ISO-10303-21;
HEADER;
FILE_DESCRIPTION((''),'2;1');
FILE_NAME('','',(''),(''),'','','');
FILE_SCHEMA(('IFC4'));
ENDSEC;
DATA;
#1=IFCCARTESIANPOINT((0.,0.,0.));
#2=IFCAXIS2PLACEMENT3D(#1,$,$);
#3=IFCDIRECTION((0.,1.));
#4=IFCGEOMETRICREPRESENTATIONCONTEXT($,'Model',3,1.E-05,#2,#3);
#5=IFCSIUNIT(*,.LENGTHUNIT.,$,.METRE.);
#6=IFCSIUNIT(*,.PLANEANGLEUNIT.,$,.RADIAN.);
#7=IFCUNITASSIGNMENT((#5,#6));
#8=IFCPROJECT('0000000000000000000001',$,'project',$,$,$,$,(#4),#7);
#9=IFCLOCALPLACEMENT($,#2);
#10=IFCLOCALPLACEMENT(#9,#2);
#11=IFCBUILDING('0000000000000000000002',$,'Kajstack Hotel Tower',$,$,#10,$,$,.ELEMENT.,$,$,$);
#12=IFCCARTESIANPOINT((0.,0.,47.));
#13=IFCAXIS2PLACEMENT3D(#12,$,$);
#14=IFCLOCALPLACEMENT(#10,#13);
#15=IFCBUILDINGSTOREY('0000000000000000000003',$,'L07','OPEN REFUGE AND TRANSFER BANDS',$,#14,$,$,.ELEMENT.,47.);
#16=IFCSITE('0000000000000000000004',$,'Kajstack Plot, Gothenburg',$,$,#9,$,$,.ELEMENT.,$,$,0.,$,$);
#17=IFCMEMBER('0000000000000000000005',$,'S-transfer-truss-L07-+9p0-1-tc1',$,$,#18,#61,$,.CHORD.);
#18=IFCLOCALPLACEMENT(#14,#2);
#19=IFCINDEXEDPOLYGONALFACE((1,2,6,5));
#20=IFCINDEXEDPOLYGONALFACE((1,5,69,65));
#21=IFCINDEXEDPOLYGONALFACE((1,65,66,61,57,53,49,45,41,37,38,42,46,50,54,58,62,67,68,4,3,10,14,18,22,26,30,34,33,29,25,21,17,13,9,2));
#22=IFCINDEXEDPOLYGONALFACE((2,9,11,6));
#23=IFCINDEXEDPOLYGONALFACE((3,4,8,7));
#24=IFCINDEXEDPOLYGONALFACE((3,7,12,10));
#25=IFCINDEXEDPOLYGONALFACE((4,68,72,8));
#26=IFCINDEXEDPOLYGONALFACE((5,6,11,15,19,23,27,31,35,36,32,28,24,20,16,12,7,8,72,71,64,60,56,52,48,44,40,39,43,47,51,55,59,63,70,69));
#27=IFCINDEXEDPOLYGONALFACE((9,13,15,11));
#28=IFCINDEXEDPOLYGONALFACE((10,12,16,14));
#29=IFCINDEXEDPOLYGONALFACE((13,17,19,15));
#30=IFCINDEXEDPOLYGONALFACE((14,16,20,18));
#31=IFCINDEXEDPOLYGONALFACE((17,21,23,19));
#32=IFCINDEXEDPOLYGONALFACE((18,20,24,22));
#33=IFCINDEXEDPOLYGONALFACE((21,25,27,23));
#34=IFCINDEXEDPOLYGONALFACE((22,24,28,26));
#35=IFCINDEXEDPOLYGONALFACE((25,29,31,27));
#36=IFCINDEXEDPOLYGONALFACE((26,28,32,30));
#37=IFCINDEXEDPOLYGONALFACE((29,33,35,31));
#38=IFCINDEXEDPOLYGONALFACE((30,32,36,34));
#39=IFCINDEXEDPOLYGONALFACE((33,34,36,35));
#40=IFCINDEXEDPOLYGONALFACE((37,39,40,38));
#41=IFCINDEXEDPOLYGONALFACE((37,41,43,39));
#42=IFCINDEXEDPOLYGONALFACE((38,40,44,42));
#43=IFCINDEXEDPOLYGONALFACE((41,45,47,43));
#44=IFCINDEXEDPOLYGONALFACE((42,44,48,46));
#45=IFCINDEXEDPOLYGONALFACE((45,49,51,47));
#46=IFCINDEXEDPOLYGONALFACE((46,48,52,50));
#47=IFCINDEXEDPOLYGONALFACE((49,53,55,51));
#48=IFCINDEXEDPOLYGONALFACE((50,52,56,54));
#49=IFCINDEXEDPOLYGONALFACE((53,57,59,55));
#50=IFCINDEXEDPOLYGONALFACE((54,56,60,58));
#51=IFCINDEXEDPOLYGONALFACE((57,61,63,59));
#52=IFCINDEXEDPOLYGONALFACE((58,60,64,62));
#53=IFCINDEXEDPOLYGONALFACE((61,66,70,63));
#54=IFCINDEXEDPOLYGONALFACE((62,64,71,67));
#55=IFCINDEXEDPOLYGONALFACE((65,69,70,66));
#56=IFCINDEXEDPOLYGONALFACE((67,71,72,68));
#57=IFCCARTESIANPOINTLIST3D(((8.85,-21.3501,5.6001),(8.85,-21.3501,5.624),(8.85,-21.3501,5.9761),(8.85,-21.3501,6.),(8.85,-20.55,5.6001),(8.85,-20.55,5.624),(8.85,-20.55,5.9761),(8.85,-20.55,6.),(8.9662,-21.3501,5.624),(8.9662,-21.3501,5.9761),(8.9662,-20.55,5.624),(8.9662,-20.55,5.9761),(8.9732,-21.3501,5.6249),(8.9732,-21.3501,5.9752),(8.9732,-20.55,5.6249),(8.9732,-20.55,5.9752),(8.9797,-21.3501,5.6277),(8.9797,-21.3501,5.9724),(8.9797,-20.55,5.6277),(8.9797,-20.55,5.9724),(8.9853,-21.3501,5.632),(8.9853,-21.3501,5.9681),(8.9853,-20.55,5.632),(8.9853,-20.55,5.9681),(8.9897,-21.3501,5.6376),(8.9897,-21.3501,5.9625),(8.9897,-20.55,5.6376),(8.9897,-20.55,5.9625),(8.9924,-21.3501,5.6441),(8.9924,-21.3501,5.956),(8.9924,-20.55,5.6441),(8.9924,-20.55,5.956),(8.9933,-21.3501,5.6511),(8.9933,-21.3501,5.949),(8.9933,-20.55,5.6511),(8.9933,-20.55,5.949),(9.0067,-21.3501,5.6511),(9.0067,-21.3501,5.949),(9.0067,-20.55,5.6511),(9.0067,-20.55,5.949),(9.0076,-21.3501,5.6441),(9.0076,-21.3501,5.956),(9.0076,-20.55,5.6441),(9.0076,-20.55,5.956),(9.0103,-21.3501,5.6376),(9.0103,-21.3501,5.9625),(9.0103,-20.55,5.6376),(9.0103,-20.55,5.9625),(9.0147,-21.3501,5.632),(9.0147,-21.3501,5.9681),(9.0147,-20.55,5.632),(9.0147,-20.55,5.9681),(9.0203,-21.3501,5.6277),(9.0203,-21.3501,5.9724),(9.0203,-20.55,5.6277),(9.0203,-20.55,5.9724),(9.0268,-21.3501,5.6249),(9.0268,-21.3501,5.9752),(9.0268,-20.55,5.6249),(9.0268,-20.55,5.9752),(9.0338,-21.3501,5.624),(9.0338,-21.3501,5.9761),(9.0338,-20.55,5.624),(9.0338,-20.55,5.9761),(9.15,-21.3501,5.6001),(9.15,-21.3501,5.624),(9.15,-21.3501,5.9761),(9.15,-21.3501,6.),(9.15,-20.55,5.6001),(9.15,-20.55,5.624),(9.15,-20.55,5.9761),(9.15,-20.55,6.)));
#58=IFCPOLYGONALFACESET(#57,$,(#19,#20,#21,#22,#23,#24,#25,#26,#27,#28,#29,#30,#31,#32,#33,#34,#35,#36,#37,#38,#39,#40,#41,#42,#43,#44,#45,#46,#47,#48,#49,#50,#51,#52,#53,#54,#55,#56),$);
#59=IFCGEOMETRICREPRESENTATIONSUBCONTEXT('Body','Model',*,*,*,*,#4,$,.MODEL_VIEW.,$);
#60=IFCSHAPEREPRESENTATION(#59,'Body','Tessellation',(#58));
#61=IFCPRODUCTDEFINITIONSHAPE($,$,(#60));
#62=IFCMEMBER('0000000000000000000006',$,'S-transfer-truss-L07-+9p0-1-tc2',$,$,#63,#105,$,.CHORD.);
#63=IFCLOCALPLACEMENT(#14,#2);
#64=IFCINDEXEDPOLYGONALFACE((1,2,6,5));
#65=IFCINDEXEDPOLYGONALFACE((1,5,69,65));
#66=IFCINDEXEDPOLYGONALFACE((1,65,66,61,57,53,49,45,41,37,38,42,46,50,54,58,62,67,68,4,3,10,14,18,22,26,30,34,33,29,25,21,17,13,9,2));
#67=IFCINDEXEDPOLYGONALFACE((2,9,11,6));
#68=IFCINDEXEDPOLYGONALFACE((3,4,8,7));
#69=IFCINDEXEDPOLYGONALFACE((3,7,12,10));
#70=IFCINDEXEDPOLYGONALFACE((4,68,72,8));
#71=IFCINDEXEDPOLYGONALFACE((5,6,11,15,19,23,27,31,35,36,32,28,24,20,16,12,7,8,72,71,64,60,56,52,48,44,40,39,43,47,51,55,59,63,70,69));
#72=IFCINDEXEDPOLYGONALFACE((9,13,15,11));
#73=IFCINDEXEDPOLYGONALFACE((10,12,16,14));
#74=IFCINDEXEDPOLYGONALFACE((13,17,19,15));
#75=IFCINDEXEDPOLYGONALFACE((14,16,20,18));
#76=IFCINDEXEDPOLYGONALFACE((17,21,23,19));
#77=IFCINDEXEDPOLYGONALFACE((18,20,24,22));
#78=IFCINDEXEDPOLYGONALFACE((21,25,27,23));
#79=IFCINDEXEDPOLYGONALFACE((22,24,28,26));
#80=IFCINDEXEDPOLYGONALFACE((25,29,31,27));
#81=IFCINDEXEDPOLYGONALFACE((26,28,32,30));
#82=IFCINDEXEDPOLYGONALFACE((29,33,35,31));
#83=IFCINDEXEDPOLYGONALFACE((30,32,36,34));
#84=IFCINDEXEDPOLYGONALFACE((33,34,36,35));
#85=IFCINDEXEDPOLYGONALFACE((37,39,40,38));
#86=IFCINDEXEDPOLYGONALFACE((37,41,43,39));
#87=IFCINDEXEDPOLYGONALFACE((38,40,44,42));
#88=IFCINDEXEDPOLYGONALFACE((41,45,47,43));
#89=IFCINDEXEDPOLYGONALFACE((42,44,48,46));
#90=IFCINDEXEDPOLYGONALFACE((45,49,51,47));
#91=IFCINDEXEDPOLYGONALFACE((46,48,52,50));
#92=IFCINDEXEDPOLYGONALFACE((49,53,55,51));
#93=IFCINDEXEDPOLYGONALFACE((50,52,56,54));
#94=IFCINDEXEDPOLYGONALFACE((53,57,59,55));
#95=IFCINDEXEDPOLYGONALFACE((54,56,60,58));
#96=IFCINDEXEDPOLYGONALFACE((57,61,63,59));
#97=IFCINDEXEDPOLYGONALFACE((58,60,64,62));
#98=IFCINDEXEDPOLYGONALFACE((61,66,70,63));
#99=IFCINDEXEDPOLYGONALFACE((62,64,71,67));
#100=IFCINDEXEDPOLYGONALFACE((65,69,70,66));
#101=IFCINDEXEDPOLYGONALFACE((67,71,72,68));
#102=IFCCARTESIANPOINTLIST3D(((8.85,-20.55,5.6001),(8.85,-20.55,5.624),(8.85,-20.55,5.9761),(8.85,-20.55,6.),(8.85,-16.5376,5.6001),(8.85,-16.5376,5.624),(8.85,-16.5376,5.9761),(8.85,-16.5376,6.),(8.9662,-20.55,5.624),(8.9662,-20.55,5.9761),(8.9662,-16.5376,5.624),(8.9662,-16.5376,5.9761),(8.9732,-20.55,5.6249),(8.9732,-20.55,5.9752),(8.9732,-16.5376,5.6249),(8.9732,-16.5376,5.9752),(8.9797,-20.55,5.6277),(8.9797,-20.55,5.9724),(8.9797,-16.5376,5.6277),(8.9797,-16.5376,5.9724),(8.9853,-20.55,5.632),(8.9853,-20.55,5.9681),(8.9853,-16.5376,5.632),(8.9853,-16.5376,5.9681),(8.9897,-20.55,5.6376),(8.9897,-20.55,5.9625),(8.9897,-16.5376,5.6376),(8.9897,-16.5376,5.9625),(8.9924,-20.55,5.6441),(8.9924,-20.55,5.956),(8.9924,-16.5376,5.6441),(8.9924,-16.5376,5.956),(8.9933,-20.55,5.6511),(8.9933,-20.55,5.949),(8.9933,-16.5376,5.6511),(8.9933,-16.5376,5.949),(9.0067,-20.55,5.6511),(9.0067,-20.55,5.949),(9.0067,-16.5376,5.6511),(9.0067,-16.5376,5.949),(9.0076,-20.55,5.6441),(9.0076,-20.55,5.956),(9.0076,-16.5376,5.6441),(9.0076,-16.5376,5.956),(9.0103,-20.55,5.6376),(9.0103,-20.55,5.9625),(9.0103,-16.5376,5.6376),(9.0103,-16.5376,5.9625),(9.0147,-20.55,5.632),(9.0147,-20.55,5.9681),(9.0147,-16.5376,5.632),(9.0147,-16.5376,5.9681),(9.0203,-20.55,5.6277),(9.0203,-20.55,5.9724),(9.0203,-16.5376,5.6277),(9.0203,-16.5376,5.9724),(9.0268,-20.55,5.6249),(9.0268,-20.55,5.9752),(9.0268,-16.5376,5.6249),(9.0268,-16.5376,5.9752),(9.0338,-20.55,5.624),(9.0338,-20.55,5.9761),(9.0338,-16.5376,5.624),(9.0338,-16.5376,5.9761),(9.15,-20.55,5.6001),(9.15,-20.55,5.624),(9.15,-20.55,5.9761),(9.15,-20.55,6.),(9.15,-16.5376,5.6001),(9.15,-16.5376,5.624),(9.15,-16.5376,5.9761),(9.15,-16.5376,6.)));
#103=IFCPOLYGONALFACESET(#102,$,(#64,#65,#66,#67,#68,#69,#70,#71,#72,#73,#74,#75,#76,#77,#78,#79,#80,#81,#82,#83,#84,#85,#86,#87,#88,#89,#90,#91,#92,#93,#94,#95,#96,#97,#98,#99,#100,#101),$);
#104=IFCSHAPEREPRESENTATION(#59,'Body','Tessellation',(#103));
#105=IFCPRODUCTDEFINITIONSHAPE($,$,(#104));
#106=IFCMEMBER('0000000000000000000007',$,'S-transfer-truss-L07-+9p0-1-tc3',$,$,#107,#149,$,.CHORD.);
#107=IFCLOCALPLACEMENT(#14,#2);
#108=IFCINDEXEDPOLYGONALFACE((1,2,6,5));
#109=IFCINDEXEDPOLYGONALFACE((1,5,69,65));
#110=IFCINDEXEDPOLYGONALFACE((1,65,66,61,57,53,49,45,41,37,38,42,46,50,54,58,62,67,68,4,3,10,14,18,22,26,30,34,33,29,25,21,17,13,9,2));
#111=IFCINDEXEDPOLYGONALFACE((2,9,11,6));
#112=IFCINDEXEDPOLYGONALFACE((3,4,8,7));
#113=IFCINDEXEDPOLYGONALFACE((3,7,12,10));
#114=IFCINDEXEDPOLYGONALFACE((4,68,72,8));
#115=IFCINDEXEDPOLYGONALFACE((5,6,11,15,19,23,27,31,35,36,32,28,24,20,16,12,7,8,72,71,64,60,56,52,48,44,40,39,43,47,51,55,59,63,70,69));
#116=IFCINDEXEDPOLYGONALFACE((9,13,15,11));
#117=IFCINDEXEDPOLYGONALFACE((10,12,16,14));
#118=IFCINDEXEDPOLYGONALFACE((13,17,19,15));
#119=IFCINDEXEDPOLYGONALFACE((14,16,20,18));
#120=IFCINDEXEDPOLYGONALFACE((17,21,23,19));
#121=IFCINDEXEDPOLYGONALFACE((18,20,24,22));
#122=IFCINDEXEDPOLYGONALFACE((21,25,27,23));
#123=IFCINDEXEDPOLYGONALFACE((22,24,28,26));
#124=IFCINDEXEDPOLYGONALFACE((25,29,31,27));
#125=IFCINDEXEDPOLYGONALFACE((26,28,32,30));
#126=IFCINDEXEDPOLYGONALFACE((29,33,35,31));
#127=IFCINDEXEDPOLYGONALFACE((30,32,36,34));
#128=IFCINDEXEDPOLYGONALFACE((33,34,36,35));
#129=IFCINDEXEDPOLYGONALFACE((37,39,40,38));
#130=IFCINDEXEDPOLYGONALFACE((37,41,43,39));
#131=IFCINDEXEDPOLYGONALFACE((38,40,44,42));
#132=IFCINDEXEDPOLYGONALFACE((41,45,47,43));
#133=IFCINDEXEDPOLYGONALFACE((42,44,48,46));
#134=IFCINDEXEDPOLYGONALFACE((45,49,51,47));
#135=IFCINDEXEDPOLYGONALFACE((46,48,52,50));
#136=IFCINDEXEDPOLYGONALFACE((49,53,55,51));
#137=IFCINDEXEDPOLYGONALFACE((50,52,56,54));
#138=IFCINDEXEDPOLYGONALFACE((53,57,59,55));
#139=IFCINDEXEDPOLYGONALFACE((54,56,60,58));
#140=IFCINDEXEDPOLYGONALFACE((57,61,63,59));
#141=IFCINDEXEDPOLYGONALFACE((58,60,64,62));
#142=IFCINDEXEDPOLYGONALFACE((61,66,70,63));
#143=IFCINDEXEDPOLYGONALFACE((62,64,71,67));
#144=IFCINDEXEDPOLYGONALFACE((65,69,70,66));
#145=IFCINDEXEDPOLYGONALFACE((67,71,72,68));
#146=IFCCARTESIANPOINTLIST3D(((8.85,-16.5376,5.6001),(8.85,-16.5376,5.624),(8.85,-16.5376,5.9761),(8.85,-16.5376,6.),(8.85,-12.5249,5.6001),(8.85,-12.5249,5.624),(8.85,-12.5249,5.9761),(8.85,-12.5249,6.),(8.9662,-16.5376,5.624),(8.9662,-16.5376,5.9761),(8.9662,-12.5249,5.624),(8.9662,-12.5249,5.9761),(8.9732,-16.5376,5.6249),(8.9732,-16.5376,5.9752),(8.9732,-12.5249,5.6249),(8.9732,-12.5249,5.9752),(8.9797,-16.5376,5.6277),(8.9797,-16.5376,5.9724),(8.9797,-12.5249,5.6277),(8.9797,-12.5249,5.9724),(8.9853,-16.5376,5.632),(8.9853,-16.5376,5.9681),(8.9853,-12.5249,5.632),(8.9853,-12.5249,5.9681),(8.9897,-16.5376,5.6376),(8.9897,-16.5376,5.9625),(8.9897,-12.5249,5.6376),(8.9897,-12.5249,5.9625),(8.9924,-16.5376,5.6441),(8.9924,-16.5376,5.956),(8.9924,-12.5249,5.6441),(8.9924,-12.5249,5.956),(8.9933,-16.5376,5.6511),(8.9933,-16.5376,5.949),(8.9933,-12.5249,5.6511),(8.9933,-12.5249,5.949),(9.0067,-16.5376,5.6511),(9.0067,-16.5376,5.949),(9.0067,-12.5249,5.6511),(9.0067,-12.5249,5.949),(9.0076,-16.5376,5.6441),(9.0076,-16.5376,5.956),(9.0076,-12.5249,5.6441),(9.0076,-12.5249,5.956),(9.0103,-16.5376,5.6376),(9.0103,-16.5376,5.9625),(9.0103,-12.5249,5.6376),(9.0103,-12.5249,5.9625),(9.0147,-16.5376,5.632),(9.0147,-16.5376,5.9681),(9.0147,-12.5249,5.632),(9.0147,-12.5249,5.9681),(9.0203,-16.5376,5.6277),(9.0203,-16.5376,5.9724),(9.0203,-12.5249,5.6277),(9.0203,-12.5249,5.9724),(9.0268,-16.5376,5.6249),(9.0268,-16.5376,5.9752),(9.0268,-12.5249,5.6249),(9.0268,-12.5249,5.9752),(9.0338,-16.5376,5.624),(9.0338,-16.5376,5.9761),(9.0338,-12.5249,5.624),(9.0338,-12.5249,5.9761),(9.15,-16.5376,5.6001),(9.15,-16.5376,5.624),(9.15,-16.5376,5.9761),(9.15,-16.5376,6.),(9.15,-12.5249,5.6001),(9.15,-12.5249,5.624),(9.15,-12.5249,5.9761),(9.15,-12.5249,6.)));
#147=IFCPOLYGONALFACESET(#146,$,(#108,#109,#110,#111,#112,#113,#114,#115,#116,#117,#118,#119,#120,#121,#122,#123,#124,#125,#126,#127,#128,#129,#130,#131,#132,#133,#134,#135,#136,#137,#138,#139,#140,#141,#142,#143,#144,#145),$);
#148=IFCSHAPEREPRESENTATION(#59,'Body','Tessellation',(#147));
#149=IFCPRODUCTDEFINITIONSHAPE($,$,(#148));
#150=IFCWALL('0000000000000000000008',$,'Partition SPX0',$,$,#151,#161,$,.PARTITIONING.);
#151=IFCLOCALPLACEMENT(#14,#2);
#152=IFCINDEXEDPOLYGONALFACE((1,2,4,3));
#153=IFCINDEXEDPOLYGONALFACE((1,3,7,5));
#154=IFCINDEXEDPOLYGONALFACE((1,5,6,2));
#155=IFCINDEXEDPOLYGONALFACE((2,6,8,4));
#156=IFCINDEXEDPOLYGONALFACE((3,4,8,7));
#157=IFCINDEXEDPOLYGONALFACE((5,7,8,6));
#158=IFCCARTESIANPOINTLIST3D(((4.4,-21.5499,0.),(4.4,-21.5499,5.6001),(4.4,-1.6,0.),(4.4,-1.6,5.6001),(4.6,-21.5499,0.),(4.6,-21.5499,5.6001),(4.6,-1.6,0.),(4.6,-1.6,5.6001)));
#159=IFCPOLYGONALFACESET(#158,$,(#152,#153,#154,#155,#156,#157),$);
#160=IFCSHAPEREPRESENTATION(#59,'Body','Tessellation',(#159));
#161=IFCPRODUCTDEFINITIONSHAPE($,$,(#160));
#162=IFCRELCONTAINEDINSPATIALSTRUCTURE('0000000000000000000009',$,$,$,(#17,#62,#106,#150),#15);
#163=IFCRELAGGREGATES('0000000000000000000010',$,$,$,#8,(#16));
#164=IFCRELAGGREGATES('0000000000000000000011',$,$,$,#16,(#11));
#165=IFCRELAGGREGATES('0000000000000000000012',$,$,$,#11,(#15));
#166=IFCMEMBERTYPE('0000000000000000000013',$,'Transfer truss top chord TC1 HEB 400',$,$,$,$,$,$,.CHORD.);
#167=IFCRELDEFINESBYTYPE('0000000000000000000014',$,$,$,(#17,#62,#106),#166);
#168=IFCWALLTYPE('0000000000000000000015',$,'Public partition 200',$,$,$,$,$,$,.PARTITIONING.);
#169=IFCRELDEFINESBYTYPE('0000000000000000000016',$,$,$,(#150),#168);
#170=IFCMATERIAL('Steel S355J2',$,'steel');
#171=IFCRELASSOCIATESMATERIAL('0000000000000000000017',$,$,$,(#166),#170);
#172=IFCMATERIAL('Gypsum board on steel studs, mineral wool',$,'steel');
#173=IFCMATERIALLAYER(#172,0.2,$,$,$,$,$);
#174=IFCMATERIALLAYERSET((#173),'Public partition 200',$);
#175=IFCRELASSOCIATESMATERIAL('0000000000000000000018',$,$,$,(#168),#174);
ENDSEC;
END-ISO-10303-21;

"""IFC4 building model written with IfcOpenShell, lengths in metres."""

from ifc_helpers import new_model, si_unit, direction, frame, frame_2d, origin, origin_2d, place, context, subcontext, project, spatial, rectangle, i_section, extrude, material, layer, layer_set, material_profile, profile_set, type_object, element, save


model = new_model("IFC4")

# Units and contexts
model_context = context("Model", 3, precision=1e-05, world=origin(), true_north=direction((0.0, 1.0)))
body_context = subcontext(model_context, "Body", "Model", "MODEL_VIEW")
ifc_project = project(units=[si_unit("LENGTHUNIT", "METRE"), si_unit("PLANEANGLEUNIT", "RADIAN")], contexts=[model_context])

# Site, building, storey
site_placement = place(None, origin())
site = spatial("IfcSite", under=ifc_project, at=site_placement, Name="Kajstack Plot, Gothenburg", CompositionType="ELEMENT", RefElevation=0.0)
building_placement = place(site_placement, origin())
building = spatial("IfcBuilding", under=site, at=building_placement, Name="Kajstack Hotel Tower", CompositionType="ELEMENT")
storey_placement = place(building_placement, frame((0.0, 0.0, 47.0)))
storey = spatial("IfcBuildingStorey", under=building, at=storey_placement, Name="L07", Description="OPEN REFUGE AND TRANSFER BANDS", CompositionType="ELEMENT", Elevation=47.0)

# Members
ifc_material_1 = material(Name="Steel S355J2", Category="steel")
ifc_material_profile_1 = material_profile(ifc_material_1, i_section(OverallWidth=0.3, OverallDepth=0.3999, WebThickness=0.0134, FlangeThickness=0.0239, FilletRadius=0.0271, at=origin_2d()), Name="HEB 400")
ifc_profile_set_1 = profile_set([ifc_material_profile_1], Name="Steel S355J2")
member_type_1 = type_object("IfcMemberType", Name="Transfer truss top chord TC1 HEB 400", PredefinedType="CHORD", material=ifc_profile_set_1)
member_1_placement = place(storey_placement, frame((9.0, -21.3501, 5.8), z_axis=(0.0, 1.0, 0.0), x_axis=(-1.0, 0.0, 0.0)))
element("IfcMember", 1, at=member_1_placement, inside=storey, type_object=member_type_1, Name="S-transfer-truss-L07-+9p0-1-tc1", PredefinedType="CHORD", context=body_context, shape_type="SweptSolid", body=[
    extrude(i_section(OverallWidth=0.3, OverallDepth=0.3999, WebThickness=0.0134, FlangeThickness=0.0239, FilletRadius=0.0271, at=origin_2d()), origin(), (0.0, 0.0, 1.0), 0.8),
])
member_2_placement = place(storey_placement, frame((9.0, -20.55, 5.8), z_axis=(0.0, 1.0, 0.0), x_axis=(-1.0, 0.0, 0.0)))
element("IfcMember", 2, at=member_2_placement, inside=storey, type_object=member_type_1, Name="S-transfer-truss-L07-+9p0-1-tc2", PredefinedType="CHORD", context=body_context, shape_type="SweptSolid", body=[
    extrude(i_section(OverallWidth=0.3, OverallDepth=0.3999, WebThickness=0.0134, FlangeThickness=0.0239, FilletRadius=0.0271, at=origin_2d()), origin(), (0.0, 0.0, 1.0), 4.0125),
])
member_3_placement = place(storey_placement, frame((9.0, -16.5376, 5.8), z_axis=(0.0, 1.0, 0.0), x_axis=(-1.0, 0.0, 0.0)))
element("IfcMember", 3, at=member_3_placement, inside=storey, type_object=member_type_1, Name="S-transfer-truss-L07-+9p0-1-tc3", PredefinedType="CHORD", context=body_context, shape_type="SweptSolid", body=[
    extrude(i_section(OverallWidth=0.3, OverallDepth=0.3999, WebThickness=0.0134, FlangeThickness=0.0239, FilletRadius=0.0271, at=origin_2d()), origin(), (0.0, 0.0, 1.0), 4.0127),
])

# Wall
ifc_material_2 = material(Name="Gypsum board on steel studs, mineral wool", Category="steel")
ifc_layer_1 = layer(ifc_material_2, 0.2)
ifc_layer_set_1 = layer_set([ifc_layer_1], Name="Public partition 200")
wall_type = type_object("IfcWallType", Name="Public partition 200", PredefinedType="PARTITIONING", material=ifc_layer_set_1)
wall_1_placement = place(storey_placement, frame((4.5, -21.55, 0.0), z_axis=(0.0, 0.0, 1.0), x_axis=(0.0, 1.0, 0.0)))
element("IfcWall", 4, at=wall_1_placement, inside=storey, type_object=wall_type, Name="Partition SPX0", PredefinedType="PARTITIONING", context=body_context, shape_type="SweptSolid", body=[
    extrude(rectangle(XDim=19.95, YDim=0.2, at=frame_2d((9.9751, 0.0))), origin(), (0.0, 0.0, 1.0), 5.6001),
])

save(model, "model.ifc")
